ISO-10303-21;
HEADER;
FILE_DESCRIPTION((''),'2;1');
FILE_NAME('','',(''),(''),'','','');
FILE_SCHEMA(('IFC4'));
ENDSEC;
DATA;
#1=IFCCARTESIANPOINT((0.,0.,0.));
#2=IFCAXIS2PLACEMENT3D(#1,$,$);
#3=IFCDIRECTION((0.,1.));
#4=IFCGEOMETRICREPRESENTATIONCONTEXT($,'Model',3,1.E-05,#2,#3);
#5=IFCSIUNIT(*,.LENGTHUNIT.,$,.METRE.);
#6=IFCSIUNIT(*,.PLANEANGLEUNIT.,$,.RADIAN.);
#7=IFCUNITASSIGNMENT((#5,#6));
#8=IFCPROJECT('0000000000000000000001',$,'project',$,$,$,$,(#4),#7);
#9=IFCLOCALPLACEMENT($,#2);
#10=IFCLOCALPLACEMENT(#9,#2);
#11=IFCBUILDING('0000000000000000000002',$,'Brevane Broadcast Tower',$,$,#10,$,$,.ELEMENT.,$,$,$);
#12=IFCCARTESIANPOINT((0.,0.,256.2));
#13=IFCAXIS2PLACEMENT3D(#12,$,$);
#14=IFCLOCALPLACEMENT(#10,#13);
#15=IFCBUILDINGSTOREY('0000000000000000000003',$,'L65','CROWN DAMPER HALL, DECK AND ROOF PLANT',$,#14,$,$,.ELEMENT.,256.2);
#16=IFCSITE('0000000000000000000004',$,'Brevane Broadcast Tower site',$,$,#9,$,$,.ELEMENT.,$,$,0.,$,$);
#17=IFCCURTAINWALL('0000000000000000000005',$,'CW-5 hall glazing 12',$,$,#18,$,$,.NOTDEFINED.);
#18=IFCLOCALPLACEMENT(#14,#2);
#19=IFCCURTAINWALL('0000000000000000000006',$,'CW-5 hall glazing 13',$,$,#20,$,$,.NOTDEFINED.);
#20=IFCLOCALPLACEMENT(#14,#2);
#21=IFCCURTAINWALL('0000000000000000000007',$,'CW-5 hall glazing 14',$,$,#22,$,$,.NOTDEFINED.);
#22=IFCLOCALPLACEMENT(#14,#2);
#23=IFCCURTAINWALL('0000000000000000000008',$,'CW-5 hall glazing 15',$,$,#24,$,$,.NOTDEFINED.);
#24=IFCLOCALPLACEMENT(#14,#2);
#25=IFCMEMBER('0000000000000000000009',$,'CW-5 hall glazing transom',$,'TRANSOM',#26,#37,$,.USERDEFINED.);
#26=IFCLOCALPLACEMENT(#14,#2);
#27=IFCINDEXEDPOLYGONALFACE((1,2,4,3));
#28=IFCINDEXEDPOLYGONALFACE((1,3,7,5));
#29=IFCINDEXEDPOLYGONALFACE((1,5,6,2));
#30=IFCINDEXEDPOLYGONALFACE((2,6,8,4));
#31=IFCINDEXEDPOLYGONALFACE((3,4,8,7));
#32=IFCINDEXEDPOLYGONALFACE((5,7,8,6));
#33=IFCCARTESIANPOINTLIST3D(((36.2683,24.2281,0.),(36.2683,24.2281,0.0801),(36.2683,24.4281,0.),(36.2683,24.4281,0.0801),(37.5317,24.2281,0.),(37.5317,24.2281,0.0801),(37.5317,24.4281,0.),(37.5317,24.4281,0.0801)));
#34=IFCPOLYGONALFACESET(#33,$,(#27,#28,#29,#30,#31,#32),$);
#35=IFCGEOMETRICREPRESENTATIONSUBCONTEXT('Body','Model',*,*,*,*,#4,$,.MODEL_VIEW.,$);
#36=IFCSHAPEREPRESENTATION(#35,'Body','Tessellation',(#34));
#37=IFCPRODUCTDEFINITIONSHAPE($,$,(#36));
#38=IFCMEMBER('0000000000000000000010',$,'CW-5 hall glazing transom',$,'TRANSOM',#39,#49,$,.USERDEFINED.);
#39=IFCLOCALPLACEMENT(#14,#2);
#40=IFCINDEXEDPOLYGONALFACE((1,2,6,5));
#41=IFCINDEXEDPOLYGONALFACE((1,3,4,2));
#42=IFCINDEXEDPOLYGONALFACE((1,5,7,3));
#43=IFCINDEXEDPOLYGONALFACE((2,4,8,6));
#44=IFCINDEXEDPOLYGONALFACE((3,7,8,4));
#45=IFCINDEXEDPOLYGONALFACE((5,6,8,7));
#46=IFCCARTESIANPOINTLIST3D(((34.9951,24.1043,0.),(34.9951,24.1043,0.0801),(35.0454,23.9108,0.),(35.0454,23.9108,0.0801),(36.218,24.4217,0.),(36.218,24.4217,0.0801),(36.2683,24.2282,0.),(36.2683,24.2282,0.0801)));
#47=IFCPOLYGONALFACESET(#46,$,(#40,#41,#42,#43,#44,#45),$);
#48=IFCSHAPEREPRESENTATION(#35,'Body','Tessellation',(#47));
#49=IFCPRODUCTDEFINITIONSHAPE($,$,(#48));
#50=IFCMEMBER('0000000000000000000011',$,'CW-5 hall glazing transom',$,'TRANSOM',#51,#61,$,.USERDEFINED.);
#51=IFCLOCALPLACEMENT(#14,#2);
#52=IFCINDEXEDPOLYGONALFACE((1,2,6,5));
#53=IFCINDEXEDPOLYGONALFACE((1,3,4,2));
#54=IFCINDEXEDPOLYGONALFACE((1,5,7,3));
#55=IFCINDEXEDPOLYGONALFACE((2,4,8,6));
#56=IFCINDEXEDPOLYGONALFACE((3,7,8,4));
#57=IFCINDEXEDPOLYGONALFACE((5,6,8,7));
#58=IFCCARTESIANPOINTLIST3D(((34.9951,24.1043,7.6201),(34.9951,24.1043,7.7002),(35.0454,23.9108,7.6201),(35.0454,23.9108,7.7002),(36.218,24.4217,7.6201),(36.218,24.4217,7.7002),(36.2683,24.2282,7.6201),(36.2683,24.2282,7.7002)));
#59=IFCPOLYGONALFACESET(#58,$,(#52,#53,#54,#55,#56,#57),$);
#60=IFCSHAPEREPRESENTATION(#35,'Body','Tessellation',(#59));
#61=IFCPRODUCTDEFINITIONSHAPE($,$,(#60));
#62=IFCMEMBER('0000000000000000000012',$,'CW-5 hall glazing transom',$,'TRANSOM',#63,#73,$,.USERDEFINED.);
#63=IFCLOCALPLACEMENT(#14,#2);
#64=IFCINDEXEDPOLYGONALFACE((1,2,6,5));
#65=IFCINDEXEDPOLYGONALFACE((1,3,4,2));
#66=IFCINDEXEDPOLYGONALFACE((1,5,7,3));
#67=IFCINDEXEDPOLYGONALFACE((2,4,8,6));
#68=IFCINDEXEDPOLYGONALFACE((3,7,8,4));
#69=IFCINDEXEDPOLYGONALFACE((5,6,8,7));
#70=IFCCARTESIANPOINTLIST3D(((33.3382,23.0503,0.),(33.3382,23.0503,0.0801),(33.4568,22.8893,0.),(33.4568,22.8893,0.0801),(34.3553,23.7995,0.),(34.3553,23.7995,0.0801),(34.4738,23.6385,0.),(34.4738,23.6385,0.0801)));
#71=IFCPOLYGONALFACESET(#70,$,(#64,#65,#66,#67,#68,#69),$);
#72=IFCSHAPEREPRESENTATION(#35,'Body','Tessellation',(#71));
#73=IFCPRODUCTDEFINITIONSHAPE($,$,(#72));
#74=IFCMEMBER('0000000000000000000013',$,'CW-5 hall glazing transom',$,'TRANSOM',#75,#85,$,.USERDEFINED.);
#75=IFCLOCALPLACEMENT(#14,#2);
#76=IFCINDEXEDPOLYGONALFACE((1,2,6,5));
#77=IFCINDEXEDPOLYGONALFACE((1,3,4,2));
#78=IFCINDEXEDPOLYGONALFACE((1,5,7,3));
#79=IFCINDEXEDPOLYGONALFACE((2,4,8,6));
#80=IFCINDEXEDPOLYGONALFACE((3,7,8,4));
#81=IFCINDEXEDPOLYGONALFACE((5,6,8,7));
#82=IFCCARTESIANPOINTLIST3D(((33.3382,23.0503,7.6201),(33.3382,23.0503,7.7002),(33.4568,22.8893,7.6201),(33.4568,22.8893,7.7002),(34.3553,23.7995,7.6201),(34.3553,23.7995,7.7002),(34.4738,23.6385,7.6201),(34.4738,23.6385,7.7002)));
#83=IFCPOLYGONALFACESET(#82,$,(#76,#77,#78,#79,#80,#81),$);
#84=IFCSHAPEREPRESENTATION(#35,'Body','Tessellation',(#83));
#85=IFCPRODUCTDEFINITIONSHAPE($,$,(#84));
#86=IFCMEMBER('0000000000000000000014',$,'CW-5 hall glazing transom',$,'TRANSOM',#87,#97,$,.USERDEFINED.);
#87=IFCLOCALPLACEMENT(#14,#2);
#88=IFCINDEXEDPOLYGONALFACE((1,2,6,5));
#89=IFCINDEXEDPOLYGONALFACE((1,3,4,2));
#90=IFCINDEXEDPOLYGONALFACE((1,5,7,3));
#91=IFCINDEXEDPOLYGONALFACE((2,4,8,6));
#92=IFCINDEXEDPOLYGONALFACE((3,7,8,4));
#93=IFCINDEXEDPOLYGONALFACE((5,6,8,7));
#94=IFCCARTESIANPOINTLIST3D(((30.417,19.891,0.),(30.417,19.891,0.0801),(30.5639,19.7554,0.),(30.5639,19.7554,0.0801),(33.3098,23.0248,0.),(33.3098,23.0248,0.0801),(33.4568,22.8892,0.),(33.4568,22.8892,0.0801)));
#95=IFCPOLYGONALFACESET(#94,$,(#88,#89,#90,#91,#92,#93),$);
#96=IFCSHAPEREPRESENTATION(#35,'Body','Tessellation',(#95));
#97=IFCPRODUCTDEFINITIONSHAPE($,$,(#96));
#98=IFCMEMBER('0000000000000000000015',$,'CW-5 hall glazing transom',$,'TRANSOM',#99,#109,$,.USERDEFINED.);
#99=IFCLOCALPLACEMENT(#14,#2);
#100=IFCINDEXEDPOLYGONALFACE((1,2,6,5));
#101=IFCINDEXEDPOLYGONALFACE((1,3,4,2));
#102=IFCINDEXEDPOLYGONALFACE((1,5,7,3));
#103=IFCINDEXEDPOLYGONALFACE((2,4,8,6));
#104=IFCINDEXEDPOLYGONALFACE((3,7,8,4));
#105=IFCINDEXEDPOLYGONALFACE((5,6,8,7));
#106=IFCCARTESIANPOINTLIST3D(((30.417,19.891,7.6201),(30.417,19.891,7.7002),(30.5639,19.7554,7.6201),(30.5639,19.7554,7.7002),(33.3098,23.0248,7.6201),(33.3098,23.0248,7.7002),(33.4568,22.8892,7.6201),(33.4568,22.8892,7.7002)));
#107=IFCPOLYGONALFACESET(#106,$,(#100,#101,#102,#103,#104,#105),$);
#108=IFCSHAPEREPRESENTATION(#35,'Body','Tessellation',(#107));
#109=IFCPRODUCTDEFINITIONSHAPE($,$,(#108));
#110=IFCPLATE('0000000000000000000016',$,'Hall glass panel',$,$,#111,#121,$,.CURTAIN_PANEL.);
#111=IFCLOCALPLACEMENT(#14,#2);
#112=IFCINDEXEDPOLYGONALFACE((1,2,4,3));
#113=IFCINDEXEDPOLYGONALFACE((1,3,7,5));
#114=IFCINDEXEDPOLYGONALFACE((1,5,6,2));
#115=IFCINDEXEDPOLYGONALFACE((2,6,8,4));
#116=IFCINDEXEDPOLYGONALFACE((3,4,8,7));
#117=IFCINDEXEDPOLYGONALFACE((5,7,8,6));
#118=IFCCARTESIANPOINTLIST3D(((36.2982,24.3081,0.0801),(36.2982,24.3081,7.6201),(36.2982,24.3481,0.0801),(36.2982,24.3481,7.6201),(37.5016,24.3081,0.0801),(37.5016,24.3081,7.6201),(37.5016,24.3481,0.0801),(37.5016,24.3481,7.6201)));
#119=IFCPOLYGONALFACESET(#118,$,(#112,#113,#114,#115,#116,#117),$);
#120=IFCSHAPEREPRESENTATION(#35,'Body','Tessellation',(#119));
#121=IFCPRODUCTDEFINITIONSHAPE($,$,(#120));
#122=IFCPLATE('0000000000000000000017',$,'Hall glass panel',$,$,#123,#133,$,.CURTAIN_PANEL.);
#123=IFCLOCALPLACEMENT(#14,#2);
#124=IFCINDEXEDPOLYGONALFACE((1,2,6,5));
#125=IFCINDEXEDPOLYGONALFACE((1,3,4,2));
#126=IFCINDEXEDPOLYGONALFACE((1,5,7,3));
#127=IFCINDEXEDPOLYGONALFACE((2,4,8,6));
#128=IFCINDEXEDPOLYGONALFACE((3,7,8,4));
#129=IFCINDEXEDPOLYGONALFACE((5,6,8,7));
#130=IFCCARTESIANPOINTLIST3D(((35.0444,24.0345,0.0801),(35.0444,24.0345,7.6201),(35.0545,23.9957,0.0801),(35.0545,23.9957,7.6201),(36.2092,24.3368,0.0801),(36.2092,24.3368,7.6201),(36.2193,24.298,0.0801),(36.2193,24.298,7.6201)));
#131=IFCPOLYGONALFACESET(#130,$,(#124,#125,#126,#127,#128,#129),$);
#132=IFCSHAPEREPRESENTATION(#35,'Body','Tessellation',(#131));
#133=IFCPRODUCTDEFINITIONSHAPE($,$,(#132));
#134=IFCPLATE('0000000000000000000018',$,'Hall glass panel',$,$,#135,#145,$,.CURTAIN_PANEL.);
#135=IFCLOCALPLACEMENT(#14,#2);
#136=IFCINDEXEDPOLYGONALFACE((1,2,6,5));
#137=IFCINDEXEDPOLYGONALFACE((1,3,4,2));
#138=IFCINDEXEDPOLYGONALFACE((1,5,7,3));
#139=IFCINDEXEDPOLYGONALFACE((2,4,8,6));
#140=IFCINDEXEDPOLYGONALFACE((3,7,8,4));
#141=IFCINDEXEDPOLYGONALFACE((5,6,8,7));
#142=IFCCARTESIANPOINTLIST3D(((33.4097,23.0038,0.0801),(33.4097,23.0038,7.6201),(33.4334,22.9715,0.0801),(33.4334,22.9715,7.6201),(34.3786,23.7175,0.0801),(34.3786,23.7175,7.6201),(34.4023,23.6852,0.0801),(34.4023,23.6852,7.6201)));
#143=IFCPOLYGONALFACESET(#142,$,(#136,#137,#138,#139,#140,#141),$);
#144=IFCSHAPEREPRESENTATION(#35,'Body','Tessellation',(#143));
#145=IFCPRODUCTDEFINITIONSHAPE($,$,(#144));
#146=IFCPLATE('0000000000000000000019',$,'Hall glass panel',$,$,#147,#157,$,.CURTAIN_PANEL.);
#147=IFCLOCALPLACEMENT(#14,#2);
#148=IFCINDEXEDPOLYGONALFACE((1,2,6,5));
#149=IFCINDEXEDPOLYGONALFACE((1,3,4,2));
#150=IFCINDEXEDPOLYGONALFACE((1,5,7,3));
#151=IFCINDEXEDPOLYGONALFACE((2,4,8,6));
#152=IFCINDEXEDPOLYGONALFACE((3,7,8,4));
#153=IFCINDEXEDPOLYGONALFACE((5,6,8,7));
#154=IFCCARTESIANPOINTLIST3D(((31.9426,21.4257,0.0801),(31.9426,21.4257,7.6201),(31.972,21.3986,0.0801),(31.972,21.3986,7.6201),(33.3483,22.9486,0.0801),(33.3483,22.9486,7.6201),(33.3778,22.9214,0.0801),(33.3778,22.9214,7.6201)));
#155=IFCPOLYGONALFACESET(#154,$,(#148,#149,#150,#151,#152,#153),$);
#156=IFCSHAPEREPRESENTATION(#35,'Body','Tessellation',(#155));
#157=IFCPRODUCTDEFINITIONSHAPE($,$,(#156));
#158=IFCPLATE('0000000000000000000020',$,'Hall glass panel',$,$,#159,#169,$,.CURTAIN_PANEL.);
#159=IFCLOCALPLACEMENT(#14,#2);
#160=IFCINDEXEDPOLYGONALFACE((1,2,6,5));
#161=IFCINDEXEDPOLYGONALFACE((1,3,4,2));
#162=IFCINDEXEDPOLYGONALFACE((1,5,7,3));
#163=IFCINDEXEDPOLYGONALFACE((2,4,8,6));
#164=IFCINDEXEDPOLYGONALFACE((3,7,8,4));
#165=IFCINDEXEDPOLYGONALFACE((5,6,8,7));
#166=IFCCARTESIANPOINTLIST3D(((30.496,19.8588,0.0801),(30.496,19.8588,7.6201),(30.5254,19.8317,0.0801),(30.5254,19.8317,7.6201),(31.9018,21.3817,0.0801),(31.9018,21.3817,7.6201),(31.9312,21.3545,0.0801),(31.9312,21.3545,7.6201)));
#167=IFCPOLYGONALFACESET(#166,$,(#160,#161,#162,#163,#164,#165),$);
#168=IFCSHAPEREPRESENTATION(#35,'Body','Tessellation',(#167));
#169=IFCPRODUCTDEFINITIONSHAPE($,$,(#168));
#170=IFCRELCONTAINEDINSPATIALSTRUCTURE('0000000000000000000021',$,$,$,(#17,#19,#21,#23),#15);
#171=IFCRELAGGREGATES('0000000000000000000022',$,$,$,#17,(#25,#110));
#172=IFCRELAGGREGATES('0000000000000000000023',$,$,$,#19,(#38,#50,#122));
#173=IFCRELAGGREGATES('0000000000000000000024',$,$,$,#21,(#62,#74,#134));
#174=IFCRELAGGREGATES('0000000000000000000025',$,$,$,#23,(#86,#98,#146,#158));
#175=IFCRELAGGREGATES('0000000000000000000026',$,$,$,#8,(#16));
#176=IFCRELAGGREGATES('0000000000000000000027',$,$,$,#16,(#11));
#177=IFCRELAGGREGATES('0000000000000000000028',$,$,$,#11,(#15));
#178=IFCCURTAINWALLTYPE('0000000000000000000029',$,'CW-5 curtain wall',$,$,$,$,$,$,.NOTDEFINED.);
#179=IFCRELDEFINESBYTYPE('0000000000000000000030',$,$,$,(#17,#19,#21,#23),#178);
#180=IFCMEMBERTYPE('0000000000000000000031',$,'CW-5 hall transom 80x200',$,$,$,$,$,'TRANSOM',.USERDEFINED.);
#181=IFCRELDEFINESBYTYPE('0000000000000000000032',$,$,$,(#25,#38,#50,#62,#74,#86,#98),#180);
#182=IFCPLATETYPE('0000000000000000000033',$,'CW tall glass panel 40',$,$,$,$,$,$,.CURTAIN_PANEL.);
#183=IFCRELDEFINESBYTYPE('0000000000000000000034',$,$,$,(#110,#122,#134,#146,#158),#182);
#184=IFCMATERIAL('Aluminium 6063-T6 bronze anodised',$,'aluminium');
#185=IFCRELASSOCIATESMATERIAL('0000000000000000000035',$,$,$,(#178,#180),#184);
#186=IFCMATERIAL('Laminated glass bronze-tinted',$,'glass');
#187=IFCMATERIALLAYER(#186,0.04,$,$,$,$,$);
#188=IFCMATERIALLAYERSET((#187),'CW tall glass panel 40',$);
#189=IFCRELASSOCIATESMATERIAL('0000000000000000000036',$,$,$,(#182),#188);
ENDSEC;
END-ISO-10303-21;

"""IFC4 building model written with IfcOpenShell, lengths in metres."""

from ifc_helpers import new_model, si_unit, direction, frame, origin, origin_2d, place, context, subcontext, project, spatial, rectangle, extrude, material, layer, layer_set, material_profile, profile_set, type_object, element, aggregate, save


model = new_model("IFC4")

# Units and contexts
model_context = context("Model", 3, precision=1e-05, world=origin(), true_north=direction((0.0, 1.0)))
body_context = subcontext(model_context, "Body", "Model", "MODEL_VIEW")
ifc_project = project(units=[si_unit("LENGTHUNIT", "METRE"), si_unit("PLANEANGLEUNIT", "RADIAN")], contexts=[model_context])

# Site, building, storey
site_placement = place(None, origin())
site = spatial("IfcSite", under=ifc_project, at=site_placement, Name="Brevane Broadcast Tower site", CompositionType="ELEMENT", RefElevation=0.0)
building_placement = place(site_placement, origin())
building = spatial("IfcBuilding", under=site, at=building_placement, Name="Brevane Broadcast Tower", CompositionType="ELEMENT")
storey_placement = place(building_placement, frame((0.0, 0.0, 256.2)))
storey = spatial("IfcBuildingStorey", under=building, at=storey_placement, Name="L65", Description="CROWN DAMPER HALL, DECK AND ROOF PLANT", CompositionType="ELEMENT", Elevation=256.2)

# Curtain wall
ifc_material_1 = material(Name="Aluminium 6063-T6 bronze anodised", Category="aluminium")
curtain_wall_type = type_object("IfcCurtainWallType", Name="CW-5 curtain wall", PredefinedType="NOTDEFINED", material=ifc_material_1)
curtain_wall_1_placement = place(storey_placement, origin())
curtain_wall_1 = element("IfcCurtainWall", 1, at=curtain_wall_1_placement, inside=storey, type_object=curtain_wall_type, Name="CW-5 hall glazing 12", PredefinedType="NOTDEFINED")

# Curtain wall
curtain_wall_2_placement = place(storey_placement, origin())
curtain_wall_2 = element("IfcCurtainWall", 2, at=curtain_wall_2_placement, inside=storey, type_object=curtain_wall_type, Name="CW-5 hall glazing 13", PredefinedType="NOTDEFINED")

# Curtain walls
curtain_wall_3_placement = place(storey_placement, origin())
curtain_wall_3 = element("IfcCurtainWall", 3, at=curtain_wall_3_placement, inside=storey, type_object=curtain_wall_type, Name="CW-5 hall glazing 14", PredefinedType="NOTDEFINED")
curtain_wall_4_placement = place(storey_placement, origin())
curtain_wall_4 = element("IfcCurtainWall", 4, at=curtain_wall_4_placement, inside=storey, type_object=curtain_wall_type, Name="CW-5 hall glazing 15", PredefinedType="NOTDEFINED")

# Members
ifc_material_profile_1 = material_profile(ifc_material_1, rectangle(XDim=0.2, YDim=0.0801, at=origin_2d()), Name="RECT 80x200")
ifc_profile_set_1 = profile_set([ifc_material_profile_1], Name="Aluminium 6063-T6 bronze anodised")
member_type_1 = type_object("IfcMemberType", Name="CW-5 hall transom 80x200", ElementType="TRANSOM", PredefinedType="USERDEFINED", material=ifc_profile_set_1)
member_1_placement = place(storey_placement, frame((37.5317, 24.3281, 0.04), z_axis=(-1.0, 0.0, 0.0), x_axis=(0.0, -1.0, 0.0)))
member_1 = element("IfcMember", 5, at=member_1_placement, type_object=member_type_1, Name="CW-5 hall glazing transom", ObjectType="TRANSOM", PredefinedType="USERDEFINED", context=body_context, shape_type="SweptSolid", body=[
    extrude(rectangle(XDim=0.2, YDim=0.0801, at=origin_2d()), origin(), (0.0, 0.0, 1.0), 1.2634),
])
member_2_placement = place(storey_placement, frame((36.2432, 24.325, 0.04), z_axis=(-0.967933, -0.25121, 0.0), x_axis=(0.25121, -0.967933, 0.0)))
member_2 = element("IfcMember", 6, at=member_2_placement, type_object=member_type_1, Name="CW-5 hall glazing transom", ObjectType="TRANSOM", PredefinedType="USERDEFINED", context=body_context, shape_type="SweptSolid", body=[
    extrude(rectangle(XDim=0.2, YDim=0.0801, at=origin_2d()), origin(), (0.0, 0.0, 1.0), 1.2634),
])
member_3_placement = place(storey_placement, frame((36.2432, 24.325, 7.6602), z_axis=(-0.967933, -0.25121, 0.0), x_axis=(0.25121, -0.967933, 0.0)))
member_3 = element("IfcMember", 7, at=member_3_placement, type_object=member_type_1, Name="CW-5 hall glazing transom", ObjectType="TRANSOM", PredefinedType="USERDEFINED", context=body_context, shape_type="SweptSolid", body=[
    extrude(rectangle(XDim=0.2, YDim=0.0801, at=origin_2d()), origin(), (0.0, 0.0, 1.0), 1.2634),
])
member_4_placement = place(storey_placement, frame((34.4146, 23.719, 0.04), z_axis=(-0.805119, -0.593113, 0.0), x_axis=(0.593113, -0.805119, 0.0)))
member_4 = element("IfcMember", 8, at=member_4_placement, type_object=member_type_1, Name="CW-5 hall glazing transom", ObjectType="TRANSOM", PredefinedType="USERDEFINED", context=body_context, shape_type="SweptSolid", body=[
    extrude(rectangle(XDim=0.2, YDim=0.0801, at=origin_2d()), origin(), (0.0, 0.0, 1.0), 1.2632),
])
member_5_placement = place(storey_placement, frame((34.4146, 23.719, 7.6602), z_axis=(-0.805119, -0.593113, 0.0), x_axis=(0.593113, -0.805119, 0.0)))
member_5 = element("IfcMember", 9, at=member_5_placement, type_object=member_type_1, Name="CW-5 hall glazing transom", ObjectType="TRANSOM", PredefinedType="USERDEFINED", context=body_context, shape_type="SweptSolid", body=[
    extrude(rectangle(XDim=0.2, YDim=0.0801, at=origin_2d()), origin(), (0.0, 0.0, 1.0), 1.2632),
])
member_6_placement = place(storey_placement, frame((33.3833, 22.957, 0.04), z_axis=(-0.678292, -0.734792, 0.0), x_axis=(0.734792, -0.678292, 0.0)))
member_6 = element("IfcMember", 10, at=member_6_placement, type_object=member_type_1, Name="CW-5 hall glazing transom", ObjectType="TRANSOM", PredefinedType="USERDEFINED", context=body_context, shape_type="SweptSolid", body=[
    extrude(rectangle(XDim=0.2, YDim=0.0801, at=origin_2d()), origin(), (0.0, 0.0, 1.0), 4.2649),
])
member_7_placement = place(storey_placement, frame((33.3833, 22.957, 7.6602), z_axis=(-0.678292, -0.734792, 0.0), x_axis=(0.734792, -0.678292, 0.0)))
member_7 = element("IfcMember", 11, at=member_7_placement, type_object=member_type_1, Name="CW-5 hall glazing transom", ObjectType="TRANSOM", PredefinedType="USERDEFINED", context=body_context, shape_type="SweptSolid", body=[
    extrude(rectangle(XDim=0.2, YDim=0.0801, at=origin_2d()), origin(), (0.0, 0.0, 1.0), 4.2649),
])

# Plates
ifc_material_2 = material(Name="Laminated glass bronze-tinted", Category="glass")
ifc_layer = layer(ifc_material_2, 0.04)
ifc_layer_set = layer_set([ifc_layer], Name="CW tall glass panel 40")
plate_type = type_object("IfcPlateType", Name="CW tall glass panel 40", PredefinedType="CURTAIN_PANEL", material=ifc_layer_set)
plate_1_placement = place(storey_placement, frame((36.8999, 24.3281, 0.0801), z_axis=(0.0, 0.0, 1.0), x_axis=(-1.0, 0.0, 0.0)))
plate_1 = element("IfcPlate", 12, at=plate_1_placement, type_object=plate_type, Name="Hall glass panel", PredefinedType="CURTAIN_PANEL", context=body_context, shape_type="SweptSolid", body=[
    extrude(rectangle(XDim=1.2034, YDim=0.04, at=origin_2d()), origin(), (0.0, 0.0, 1.0), 7.54),
])
aggregate(curtain_wall_1, [member_1, plate_1])
plate_2_placement = place(storey_placement, frame((35.6318, 24.1663, 0.0801), z_axis=(0.0, 0.0, 1.0), x_axis=(-0.967927, -0.251233, 0.0)))
plate_2 = element("IfcPlate", 13, at=plate_2_placement, type_object=plate_type, Name="Hall glass panel", PredefinedType="CURTAIN_PANEL", context=body_context, shape_type="SweptSolid", body=[
    extrude(rectangle(XDim=1.2034, YDim=0.04, at=origin_2d()), origin(), (0.0, 0.0, 1.0), 7.54),
])
aggregate(curtain_wall_2, [member_2, member_3, plate_2])
plate_3_placement = place(storey_placement, frame((33.906, 23.3445, 0.0801), z_axis=(0.0, 0.0, 1.0), x_axis=(-0.80514, -0.593085, 0.0)))
plate_3 = element("IfcPlate", 14, at=plate_3_placement, type_object=plate_type, Name="Hall glass panel", PredefinedType="CURTAIN_PANEL", context=body_context, shape_type="SweptSolid", body=[
    extrude(rectangle(XDim=1.2034, YDim=0.04, at=origin_2d()), origin(), (0.0, 0.0, 1.0), 7.54),
])
aggregate(curtain_wall_3, [member_4, member_5, plate_3])
plate_4_placement = place(storey_placement, frame((32.6602, 22.1736, 0.0801), z_axis=(0.0, 0.0, 1.0), x_axis=(-0.6783, -0.734785, 0.0)))
plate_4 = element("IfcPlate", 15, at=plate_4_placement, type_object=plate_type, Name="Hall glass panel", PredefinedType="CURTAIN_PANEL", context=body_context, shape_type="SweptSolid", body=[
    extrude(rectangle(XDim=2.0725, YDim=0.04, at=origin_2d()), origin(), (0.0, 0.0, 1.0), 7.54),
])
plate_5_placement = place(storey_placement, frame((31.2136, 20.6067, 0.0801), z_axis=(0.0, 0.0, 1.0), x_axis=(-0.6783, -0.734785, 0.0)))
plate_5 = element("IfcPlate", 16, at=plate_5_placement, type_object=plate_type, Name="Hall glass panel", PredefinedType="CURTAIN_PANEL", context=body_context, shape_type="SweptSolid", body=[
    extrude(rectangle(XDim=2.0725, YDim=0.04, at=origin_2d()), origin(), (0.0, 0.0, 1.0), 7.54),
])
aggregate(curtain_wall_4, [member_6, member_7, plate_4, plate_5])

save(model, "model.ifc")
